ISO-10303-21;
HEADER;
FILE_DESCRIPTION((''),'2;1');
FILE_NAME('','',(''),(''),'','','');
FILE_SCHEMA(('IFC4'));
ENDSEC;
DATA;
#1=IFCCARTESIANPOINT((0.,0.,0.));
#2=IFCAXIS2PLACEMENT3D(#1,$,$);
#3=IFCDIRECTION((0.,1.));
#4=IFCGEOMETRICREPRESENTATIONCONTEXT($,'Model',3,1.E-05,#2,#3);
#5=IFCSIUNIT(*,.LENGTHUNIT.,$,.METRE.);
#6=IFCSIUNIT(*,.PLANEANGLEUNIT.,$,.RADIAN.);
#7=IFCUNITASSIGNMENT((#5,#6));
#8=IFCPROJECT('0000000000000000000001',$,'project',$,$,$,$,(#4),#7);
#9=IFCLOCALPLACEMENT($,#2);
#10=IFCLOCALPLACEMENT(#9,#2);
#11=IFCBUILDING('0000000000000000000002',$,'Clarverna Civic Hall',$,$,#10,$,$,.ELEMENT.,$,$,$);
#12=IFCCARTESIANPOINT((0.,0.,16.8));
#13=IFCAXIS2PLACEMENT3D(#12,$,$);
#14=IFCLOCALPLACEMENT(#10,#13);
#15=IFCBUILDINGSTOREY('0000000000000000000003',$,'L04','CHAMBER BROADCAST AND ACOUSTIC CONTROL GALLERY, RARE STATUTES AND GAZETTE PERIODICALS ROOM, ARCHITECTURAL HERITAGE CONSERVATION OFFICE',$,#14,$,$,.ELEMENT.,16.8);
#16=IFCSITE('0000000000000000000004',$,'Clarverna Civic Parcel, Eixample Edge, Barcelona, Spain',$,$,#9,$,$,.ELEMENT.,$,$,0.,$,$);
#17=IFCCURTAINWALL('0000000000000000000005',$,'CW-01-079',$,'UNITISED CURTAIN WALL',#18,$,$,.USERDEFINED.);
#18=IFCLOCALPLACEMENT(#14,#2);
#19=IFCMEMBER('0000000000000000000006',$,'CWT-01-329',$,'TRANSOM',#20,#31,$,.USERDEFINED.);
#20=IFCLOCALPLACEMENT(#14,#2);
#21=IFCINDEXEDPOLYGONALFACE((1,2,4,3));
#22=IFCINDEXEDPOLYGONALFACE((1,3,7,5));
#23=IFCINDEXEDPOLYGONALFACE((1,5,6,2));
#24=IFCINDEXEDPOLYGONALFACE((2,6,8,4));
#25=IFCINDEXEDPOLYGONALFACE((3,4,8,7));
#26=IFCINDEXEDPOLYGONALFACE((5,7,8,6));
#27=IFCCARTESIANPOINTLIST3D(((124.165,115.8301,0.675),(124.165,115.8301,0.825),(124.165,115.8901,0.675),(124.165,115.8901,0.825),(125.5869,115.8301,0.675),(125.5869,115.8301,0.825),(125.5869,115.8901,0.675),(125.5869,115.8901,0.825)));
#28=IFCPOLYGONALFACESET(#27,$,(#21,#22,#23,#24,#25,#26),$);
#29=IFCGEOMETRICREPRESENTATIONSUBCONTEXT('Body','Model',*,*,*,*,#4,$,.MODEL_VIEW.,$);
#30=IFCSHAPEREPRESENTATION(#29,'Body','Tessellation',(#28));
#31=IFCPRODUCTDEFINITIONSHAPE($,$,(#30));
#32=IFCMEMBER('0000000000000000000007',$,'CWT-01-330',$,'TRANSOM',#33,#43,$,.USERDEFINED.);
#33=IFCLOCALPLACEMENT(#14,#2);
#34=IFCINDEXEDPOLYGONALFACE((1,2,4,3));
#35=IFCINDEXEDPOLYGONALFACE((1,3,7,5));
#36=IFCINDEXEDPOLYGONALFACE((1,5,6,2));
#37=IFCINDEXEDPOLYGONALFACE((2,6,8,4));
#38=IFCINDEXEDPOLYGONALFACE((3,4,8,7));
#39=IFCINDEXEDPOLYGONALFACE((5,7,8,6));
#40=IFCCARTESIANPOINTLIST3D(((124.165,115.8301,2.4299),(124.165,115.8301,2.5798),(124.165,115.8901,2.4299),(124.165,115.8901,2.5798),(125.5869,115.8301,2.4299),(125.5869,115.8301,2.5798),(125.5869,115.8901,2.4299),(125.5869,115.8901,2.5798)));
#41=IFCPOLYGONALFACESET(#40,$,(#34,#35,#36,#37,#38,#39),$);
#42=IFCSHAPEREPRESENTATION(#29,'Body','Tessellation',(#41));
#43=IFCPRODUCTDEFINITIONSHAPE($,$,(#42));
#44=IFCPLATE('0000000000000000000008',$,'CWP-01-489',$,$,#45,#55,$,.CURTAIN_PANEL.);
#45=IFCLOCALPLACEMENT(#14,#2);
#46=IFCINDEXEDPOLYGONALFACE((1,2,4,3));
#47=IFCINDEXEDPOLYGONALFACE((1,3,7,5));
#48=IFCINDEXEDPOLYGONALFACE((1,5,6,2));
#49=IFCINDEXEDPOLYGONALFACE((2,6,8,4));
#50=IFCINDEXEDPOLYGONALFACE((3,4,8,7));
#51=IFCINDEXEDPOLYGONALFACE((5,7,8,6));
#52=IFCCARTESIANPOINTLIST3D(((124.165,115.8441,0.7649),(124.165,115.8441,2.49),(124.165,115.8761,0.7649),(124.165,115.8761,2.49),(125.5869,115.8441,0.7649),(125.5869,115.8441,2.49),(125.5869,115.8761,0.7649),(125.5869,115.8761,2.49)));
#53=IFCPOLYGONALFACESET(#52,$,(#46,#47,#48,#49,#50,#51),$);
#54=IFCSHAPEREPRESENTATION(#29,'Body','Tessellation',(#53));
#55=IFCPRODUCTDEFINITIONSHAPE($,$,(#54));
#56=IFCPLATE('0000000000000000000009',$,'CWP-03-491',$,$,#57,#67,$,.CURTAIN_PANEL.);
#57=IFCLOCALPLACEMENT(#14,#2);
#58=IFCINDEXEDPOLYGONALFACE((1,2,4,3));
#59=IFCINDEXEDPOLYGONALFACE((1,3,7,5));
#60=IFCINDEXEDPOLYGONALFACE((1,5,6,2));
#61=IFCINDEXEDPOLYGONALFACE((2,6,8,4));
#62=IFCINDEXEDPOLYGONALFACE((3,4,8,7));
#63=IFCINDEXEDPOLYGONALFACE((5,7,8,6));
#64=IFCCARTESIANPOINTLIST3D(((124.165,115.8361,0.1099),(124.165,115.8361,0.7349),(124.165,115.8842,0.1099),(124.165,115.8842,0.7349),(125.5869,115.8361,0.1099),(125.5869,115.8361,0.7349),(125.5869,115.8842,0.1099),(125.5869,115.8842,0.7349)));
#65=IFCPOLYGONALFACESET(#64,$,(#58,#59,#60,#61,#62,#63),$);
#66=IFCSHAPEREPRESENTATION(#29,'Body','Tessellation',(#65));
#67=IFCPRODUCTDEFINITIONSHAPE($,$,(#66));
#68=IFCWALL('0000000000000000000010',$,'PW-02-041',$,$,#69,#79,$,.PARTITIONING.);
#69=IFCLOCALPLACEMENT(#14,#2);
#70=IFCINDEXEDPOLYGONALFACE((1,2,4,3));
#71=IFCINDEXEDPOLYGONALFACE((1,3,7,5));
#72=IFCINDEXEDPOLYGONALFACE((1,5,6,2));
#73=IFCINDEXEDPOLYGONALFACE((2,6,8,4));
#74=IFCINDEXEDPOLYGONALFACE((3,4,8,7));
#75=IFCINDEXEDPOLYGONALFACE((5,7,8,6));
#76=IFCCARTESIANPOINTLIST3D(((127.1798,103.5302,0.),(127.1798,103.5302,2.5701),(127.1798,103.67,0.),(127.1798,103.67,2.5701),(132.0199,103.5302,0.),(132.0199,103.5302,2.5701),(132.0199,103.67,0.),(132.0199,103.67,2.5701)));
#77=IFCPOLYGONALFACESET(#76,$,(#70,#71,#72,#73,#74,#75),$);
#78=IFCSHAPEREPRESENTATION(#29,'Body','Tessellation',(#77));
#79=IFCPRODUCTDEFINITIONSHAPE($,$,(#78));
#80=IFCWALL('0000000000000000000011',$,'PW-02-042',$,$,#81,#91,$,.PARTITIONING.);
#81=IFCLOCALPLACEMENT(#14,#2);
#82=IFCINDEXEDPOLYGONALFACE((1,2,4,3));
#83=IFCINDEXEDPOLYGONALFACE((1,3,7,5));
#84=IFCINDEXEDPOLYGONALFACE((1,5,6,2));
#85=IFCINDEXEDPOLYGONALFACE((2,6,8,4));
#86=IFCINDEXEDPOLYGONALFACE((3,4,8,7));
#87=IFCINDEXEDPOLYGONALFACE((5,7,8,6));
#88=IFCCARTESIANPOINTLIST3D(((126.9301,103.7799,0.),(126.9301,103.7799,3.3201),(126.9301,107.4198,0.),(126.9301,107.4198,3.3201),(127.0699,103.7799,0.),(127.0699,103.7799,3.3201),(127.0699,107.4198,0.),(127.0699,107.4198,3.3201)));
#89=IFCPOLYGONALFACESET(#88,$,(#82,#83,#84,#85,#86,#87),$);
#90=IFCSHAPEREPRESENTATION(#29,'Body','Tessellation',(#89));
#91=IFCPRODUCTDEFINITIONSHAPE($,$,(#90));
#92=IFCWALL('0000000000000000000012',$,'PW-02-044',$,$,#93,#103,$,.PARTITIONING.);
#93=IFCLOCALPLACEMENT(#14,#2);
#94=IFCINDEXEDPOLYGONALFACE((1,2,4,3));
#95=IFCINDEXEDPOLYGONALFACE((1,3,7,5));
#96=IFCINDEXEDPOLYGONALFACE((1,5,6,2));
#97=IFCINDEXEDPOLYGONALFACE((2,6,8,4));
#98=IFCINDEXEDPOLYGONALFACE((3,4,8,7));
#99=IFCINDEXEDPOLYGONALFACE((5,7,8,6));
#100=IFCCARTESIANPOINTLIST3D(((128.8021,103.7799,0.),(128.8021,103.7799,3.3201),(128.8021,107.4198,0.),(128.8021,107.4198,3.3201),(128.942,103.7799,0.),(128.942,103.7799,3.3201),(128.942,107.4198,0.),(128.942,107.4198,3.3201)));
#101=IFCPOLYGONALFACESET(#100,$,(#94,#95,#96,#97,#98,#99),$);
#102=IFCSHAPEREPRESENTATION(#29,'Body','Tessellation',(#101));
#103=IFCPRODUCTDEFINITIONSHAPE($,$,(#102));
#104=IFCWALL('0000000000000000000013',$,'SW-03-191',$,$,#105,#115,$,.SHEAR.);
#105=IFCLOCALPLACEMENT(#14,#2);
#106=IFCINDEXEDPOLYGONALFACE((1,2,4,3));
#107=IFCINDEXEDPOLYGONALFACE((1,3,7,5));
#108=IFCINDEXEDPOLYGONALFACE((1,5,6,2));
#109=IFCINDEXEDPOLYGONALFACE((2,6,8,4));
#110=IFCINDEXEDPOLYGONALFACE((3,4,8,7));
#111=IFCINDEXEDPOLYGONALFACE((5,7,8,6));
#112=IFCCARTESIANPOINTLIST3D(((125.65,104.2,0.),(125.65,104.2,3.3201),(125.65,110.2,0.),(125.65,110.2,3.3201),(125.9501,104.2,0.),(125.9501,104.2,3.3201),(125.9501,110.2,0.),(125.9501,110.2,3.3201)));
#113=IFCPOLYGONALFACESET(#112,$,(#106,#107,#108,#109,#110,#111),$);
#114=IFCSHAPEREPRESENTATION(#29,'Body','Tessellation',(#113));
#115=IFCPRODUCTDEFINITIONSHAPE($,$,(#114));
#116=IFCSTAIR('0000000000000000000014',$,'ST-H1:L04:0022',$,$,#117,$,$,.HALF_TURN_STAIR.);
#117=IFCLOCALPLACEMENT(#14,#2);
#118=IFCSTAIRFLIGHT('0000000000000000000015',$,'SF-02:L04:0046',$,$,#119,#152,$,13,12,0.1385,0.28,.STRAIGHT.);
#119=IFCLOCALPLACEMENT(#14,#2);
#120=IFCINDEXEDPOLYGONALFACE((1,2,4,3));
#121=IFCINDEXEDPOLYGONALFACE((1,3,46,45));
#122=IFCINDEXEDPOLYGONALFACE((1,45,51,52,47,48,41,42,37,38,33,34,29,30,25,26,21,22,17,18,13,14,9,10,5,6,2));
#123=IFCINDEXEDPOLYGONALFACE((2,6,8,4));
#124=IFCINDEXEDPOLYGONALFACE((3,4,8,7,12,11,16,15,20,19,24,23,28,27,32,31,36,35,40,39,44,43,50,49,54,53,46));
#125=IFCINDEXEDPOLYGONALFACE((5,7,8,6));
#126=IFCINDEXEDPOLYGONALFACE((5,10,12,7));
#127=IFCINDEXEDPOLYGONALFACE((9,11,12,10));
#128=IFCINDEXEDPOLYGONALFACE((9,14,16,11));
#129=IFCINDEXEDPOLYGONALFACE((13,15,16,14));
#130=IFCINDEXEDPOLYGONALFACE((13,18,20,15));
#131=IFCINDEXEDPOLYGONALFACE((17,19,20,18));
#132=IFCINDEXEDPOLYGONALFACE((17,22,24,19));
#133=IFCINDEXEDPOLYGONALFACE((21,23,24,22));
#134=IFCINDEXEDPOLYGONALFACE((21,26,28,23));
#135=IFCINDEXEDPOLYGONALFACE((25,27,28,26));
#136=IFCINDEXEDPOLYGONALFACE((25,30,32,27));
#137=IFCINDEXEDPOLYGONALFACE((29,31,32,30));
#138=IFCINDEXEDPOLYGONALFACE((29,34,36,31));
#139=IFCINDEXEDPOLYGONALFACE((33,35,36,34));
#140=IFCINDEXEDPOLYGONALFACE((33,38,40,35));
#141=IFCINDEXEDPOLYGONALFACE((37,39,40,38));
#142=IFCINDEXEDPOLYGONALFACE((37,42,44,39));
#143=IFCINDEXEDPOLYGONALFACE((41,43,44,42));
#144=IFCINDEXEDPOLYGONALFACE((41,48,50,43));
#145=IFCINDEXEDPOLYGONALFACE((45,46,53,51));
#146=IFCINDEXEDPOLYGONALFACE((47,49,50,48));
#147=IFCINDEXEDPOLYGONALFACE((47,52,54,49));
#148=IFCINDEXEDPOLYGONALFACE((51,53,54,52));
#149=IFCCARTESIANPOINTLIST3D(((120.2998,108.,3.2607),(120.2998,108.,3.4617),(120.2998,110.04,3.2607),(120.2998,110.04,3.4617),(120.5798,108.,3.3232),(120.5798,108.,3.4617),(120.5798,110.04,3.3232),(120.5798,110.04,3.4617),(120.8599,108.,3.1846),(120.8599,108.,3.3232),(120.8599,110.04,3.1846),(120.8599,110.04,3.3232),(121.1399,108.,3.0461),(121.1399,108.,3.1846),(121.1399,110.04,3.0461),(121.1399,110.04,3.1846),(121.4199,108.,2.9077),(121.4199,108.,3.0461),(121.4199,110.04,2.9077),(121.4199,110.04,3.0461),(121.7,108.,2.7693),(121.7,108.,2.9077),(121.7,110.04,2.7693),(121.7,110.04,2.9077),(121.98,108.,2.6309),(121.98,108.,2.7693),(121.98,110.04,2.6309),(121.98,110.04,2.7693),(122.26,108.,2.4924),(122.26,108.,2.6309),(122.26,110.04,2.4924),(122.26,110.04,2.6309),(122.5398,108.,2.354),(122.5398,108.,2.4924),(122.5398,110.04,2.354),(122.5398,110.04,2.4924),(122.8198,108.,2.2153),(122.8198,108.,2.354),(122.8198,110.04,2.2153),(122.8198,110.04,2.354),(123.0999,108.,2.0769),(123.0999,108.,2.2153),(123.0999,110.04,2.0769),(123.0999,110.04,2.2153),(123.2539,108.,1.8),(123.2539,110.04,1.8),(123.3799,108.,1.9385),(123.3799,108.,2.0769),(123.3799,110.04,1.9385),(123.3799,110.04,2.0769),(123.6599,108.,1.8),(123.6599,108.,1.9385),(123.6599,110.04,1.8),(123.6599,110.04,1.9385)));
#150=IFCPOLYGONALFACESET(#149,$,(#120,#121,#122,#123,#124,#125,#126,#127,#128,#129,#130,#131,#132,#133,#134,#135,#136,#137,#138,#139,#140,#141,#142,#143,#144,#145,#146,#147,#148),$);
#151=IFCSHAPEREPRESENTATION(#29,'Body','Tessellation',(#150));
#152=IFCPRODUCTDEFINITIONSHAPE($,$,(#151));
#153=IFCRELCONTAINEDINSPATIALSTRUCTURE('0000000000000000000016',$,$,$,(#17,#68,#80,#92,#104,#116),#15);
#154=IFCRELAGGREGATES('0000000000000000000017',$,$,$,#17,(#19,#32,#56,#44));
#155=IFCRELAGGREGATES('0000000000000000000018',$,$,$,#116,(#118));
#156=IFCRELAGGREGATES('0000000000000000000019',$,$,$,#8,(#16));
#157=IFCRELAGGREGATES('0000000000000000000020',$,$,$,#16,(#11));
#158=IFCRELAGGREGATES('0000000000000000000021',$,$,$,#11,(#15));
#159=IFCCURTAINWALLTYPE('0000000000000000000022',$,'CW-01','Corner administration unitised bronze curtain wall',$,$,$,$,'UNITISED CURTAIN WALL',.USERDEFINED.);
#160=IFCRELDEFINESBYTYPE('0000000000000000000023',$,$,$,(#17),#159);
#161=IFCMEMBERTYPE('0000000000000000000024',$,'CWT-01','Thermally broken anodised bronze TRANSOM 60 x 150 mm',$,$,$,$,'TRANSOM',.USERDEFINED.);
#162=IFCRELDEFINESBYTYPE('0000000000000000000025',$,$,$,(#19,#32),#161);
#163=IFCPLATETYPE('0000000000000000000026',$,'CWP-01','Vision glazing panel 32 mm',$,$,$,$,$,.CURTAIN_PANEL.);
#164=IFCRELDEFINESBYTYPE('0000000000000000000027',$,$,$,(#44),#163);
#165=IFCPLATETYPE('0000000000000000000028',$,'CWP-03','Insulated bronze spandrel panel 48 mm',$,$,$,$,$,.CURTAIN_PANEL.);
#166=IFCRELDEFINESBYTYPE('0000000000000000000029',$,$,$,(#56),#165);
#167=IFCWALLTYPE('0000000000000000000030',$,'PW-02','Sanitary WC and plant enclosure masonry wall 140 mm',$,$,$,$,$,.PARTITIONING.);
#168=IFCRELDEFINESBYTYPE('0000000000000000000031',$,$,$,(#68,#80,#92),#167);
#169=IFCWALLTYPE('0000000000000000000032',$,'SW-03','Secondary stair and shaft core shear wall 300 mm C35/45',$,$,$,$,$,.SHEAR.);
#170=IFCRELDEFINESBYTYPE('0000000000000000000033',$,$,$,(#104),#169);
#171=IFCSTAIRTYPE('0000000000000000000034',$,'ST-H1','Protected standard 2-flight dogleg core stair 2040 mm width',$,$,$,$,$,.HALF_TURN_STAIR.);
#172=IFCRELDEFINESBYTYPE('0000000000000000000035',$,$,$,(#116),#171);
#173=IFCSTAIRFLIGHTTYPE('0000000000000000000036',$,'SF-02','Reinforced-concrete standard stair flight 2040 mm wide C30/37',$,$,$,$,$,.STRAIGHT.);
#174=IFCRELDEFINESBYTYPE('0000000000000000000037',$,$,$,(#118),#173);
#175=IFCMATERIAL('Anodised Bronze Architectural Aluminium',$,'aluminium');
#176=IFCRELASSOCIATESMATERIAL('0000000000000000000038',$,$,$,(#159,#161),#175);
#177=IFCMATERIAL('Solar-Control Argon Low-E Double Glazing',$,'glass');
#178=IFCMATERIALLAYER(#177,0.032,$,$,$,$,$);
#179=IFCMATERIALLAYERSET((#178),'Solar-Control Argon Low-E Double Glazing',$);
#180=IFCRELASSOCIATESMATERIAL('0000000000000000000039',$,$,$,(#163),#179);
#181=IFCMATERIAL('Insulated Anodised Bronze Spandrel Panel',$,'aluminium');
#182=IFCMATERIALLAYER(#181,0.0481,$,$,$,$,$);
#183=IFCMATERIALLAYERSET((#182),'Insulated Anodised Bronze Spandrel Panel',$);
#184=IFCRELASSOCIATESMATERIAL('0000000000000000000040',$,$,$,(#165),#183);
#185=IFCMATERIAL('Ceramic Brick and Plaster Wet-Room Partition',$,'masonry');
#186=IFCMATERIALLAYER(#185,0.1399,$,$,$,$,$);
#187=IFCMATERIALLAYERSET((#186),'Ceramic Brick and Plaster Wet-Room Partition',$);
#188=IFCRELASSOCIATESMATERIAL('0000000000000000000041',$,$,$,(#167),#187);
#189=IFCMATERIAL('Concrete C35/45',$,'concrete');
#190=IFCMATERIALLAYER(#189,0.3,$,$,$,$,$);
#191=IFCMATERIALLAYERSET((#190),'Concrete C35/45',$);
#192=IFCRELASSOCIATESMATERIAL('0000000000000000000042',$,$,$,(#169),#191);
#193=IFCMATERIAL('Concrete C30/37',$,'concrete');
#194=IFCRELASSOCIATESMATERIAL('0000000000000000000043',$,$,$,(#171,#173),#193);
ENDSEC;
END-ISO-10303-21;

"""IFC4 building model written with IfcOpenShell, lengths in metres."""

from ifc_helpers import new_model, si_unit, direction, frame, frame_2d, origin, origin_2d, place, context, subcontext, project, spatial, polyline, rectangle, outline, extrude, material, layer, layer_set, material_profile, profile_set, type_object, element, aggregate, save


model = new_model("IFC4")

# Units and contexts
model_context = context("Model", 3, precision=1e-05, world=origin(), true_north=direction((0.0, 1.0)))
body_context = subcontext(model_context, "Body", "Model", "MODEL_VIEW")
ifc_project = project(units=[si_unit("LENGTHUNIT", "METRE"), si_unit("PLANEANGLEUNIT", "RADIAN")], contexts=[model_context])

# Site, building, storey
site_placement = place(None, origin())
site = spatial("IfcSite", under=ifc_project, at=site_placement, Name="Clarverna Civic Parcel, Eixample Edge, Barcelona, Spain", CompositionType="ELEMENT", RefElevation=0.0)
building_placement = place(site_placement, origin())
building = spatial("IfcBuilding", under=site, at=building_placement, Name="Clarverna Civic Hall", CompositionType="ELEMENT")
storey_placement = place(building_placement, frame((0.0, 0.0, 16.8)))
storey = spatial("IfcBuildingStorey", under=building, at=storey_placement, Name="L04", Description="CHAMBER BROADCAST AND ACOUSTIC CONTROL GALLERY, RARE STATUTES AND GAZETTE PERIODICALS ROOM, ARCHITECTURAL HERITAGE CONSERVATION OFFICE", CompositionType="ELEMENT", Elevation=16.8)

# Shared definitions
ifc_material_1 = material(Name="Concrete C35/45", Category="concrete")

# Curtain wall, members, plates
ifc_material_2 = material(Name="Anodised Bronze Architectural Aluminium", Category="aluminium")
curtain_wall_type = type_object("IfcCurtainWallType", Name="CW-01", Description="Corner administration unitised bronze curtain wall", ElementType="UNITISED CURTAIN WALL", PredefinedType="USERDEFINED", material=ifc_material_2)
curtain_wall_placement = place(storey_placement, origin())
curtain_wall = element("IfcCurtainWall", 1, at=curtain_wall_placement, inside=storey, type_object=curtain_wall_type, Name="CW-01-079", ObjectType="UNITISED CURTAIN WALL", PredefinedType="USERDEFINED")
ifc_material_profile_1 = material_profile(ifc_material_2, rectangle(XDim=0.0601, YDim=0.1499, at=origin_2d()), Name="BRONZE 60x150")
ifc_profile_set_1 = profile_set([ifc_material_profile_1], Name="Anodised Bronze Architectural Aluminium")
member_type_1 = type_object("IfcMemberType", Name="CWT-01", Description="Thermally broken anodised bronze TRANSOM 60 x 150 mm", ElementType="TRANSOM", PredefinedType="USERDEFINED", material=ifc_profile_set_1)
member_1_placement = place(storey_placement, frame((124.165, 115.8601, 0.75), z_axis=(1.0, 0.0, 0.0), x_axis=(0.0, 1.0, 0.0)))
member_1 = element("IfcMember", 2, at=member_1_placement, type_object=member_type_1, Name="CWT-01-329", ObjectType="TRANSOM", PredefinedType="USERDEFINED", context=body_context, shape_type="SweptSolid", body=[
    extrude(rectangle(XDim=0.0601, YDim=0.1499, at=origin_2d()), origin(), (0.0, 0.0, 1.0), 1.4219),
])
member_2_placement = place(storey_placement, frame((124.165, 115.8601, 2.5049), z_axis=(1.0, 0.0, 0.0), x_axis=(0.0, 1.0, 0.0)))
member_2 = element("IfcMember", 3, at=member_2_placement, type_object=member_type_1, Name="CWT-01-330", ObjectType="TRANSOM", PredefinedType="USERDEFINED", context=body_context, shape_type="SweptSolid", body=[
    extrude(rectangle(XDim=0.0601, YDim=0.1499, at=origin_2d()), origin(), (0.0, 0.0, 1.0), 1.4219),
])
ifc_material_3 = material(Name="Solar-Control Argon Low-E Double Glazing", Category="glass")
ifc_layer_1 = layer(ifc_material_3, 0.032)
ifc_layer_set_1 = layer_set([ifc_layer_1], Name="Solar-Control Argon Low-E Double Glazing")
plate_type_1 = type_object("IfcPlateType", Name="CWP-01", Description="Vision glazing panel 32 mm", PredefinedType="CURTAIN_PANEL", material=ifc_layer_set_1)
plate_1_placement = place(storey_placement, frame((124.165, 115.8601, 0.7649), z_axis=(0.0, 0.0, 1.0), x_axis=(1.0, 0.0, 0.0)))
plate_1 = element("IfcPlate", 4, at=plate_1_placement, type_object=plate_type_1, Name="CWP-01-489", PredefinedType="CURTAIN_PANEL", context=body_context, shape_type="SweptSolid", body=[
    extrude(rectangle(XDim=1.4219, YDim=0.032, at=frame_2d((0.7109, 0.0))), origin(), (0.0, 0.0, 1.0), 1.7251),
])
ifc_material_4 = material(Name="Insulated Anodised Bronze Spandrel Panel", Category="aluminium")
ifc_layer_2 = layer(ifc_material_4, 0.0481)
ifc_layer_set_2 = layer_set([ifc_layer_2], Name="Insulated Anodised Bronze Spandrel Panel")
plate_type_2 = type_object("IfcPlateType", Name="CWP-03", Description="Insulated bronze spandrel panel 48 mm", PredefinedType="CURTAIN_PANEL", material=ifc_layer_set_2)
plate_2_placement = place(storey_placement, frame((124.165, 115.8601, 0.1099), z_axis=(0.0, 0.0, 1.0), x_axis=(1.0, 0.0, 0.0)))
plate_2 = element("IfcPlate", 5, at=plate_2_placement, type_object=plate_type_2, Name="CWP-03-491", PredefinedType="CURTAIN_PANEL", context=body_context, shape_type="SweptSolid", body=[
    extrude(rectangle(XDim=1.4219, YDim=0.0481, at=frame_2d((0.7109, 0.0))), origin(), (0.0, 0.0, 1.0), 0.625),
])
aggregate(curtain_wall, [member_1, member_2, plate_2, plate_1])

# Walls
ifc_material_5 = material(Name="Ceramic Brick and Plaster Wet-Room Partition", Category="masonry")
ifc_layer_3 = layer(ifc_material_5, 0.1399)
ifc_layer_set_3 = layer_set([ifc_layer_3], Name="Ceramic Brick and Plaster Wet-Room Partition")
wall_type_1 = type_object("IfcWallType", Name="PW-02", Description="Sanitary WC and plant enclosure masonry wall 140 mm", PredefinedType="PARTITIONING", material=ifc_layer_set_3)
wall_1_placement = place(storey_placement, frame((127.1799, 103.6001, 0.0), z_axis=(0.0, 0.0, 1.0), x_axis=(1.0, 0.0, 0.0)))
element("IfcWall", 6, at=wall_1_placement, inside=storey, type_object=wall_type_1, Name="PW-02-041", PredefinedType="PARTITIONING", context=body_context, shape_type="SweptSolid", body=[
    extrude(rectangle(XDim=4.8401, YDim=0.1399, at=frame_2d((2.4199, 0.0))), origin(), (0.0, 0.0, 1.0), 2.5701),
])
for number, where, z_axis, x_axis, name in (
    (7, (127.0, 103.78, 0.0), (0.0, 0.0, 1.0), (0.0, 1.0, 0.0), "PW-02-042"),
    (8, (128.8721, 103.78, 0.0), (0.0, 0.0, 1.0), (0.0, 1.0, 0.0), "PW-02-044"),
):
    element("IfcWall", number, at=place(storey_placement, frame(where, z_axis=z_axis, x_axis=x_axis)), inside=storey, type_object=wall_type_1, Name=name, PredefinedType="PARTITIONING", context=body_context, shape_type="SweptSolid", body=[
        extrude(rectangle(XDim=3.6399, YDim=0.1399, at=frame_2d((1.8198, 0.0))), origin(), (0.0, 0.0, 1.0), 3.3201),
    ])

# Wall
ifc_layer_4 = layer(ifc_material_1, 0.3)
ifc_layer_set_4 = layer_set([ifc_layer_4], Name="Concrete C35/45")
wall_type_2 = type_object("IfcWallType", Name="SW-03", Description="Secondary stair and shaft core shear wall 300 mm C35/45", PredefinedType="SHEAR", material=ifc_layer_set_4)
wall_2_placement = place(storey_placement, frame((125.8, 104.2, 0.0), z_axis=(0.0, 0.0, 1.0), x_axis=(0.0, 1.0, 0.0)))
element("IfcWall", 9, at=wall_2_placement, inside=storey, type_object=wall_type_2, Name="SW-03-191", PredefinedType="SHEAR", context=body_context, shape_type="SweptSolid", body=[
    extrude(rectangle(XDim=6.0, YDim=0.3, at=frame_2d((3.0, 0.0))), origin(), (0.0, 0.0, 1.0), 3.3201),
])

# Stair, stair flight
ifc_material_6 = material(Name="Concrete C30/37", Category="concrete")
stair_type = type_object("IfcStairType", Name="ST-H1", Description="Protected standard 2-flight dogleg core stair 2040 mm width", PredefinedType="HALF_TURN_STAIR", material=ifc_material_6)
stair_placement = place(storey_placement, origin())
stair = element("IfcStair", 10, at=stair_placement, inside=storey, type_object=stair_type, Name="ST-H1:L04:0022", PredefinedType="HALF_TURN_STAIR")
stair_flight_type = type_object("IfcStairFlightType", Name="SF-02", Description="Reinforced-concrete standard stair flight 2040 mm wide C30/37", PredefinedType="STRAIGHT", material=ifc_material_6)
stair_flight_placement = place(storey_placement, frame((123.6599, 109.02, 1.8), z_axis=(0.0, 0.0, 1.0), x_axis=(-1.0, 0.0, 0.0)))
stair_flight = element("IfcStairFlight", 11, at=stair_flight_placement, type_object=stair_flight_type, Name="SF-02:L04:0046", NumberOfRisers=13, NumberOfTreads=12, PredefinedType="STRAIGHT", RiserHeight=0.1385, TreadLength=0.28, context=body_context, shape_type="SweptSolid", body=[
    extrude(outline(polyline([(0.0, 0.0), (0.0, 0.1384), (0.28, 0.1384), (0.28, 0.2769), (0.5601, 0.2769), (0.5601, 0.4153), (0.8401, 0.4153), (0.8401, 0.554), (1.1201, 0.554), (1.1201, 0.6924), (1.3999, 0.6924), (1.3999, 0.8308), (1.6799, 0.8308), (1.6799, 0.9692), (1.96, 0.9692), (1.96, 1.1077), (2.24, 1.1077), (2.24, 1.2461), (2.52, 1.2461), (2.52, 1.3845), (2.8, 1.3845), (2.8, 1.5232), (3.0801, 1.5232), (3.0801, 1.6616), (3.3601, 1.6616), (3.3601, 1.8), (3.3601, 1.4607), (0.406, 0.0), (0.0, 0.0)])), frame((0.0, 1.02, 0.0), z_axis=(0.0, -1.0, 0.0), x_axis=(1.0, 0.0, 0.0)), (0.0, 0.0, 1.0), 2.04),
])
aggregate(stair, [stair_flight])

save(model, "model.ifc")
